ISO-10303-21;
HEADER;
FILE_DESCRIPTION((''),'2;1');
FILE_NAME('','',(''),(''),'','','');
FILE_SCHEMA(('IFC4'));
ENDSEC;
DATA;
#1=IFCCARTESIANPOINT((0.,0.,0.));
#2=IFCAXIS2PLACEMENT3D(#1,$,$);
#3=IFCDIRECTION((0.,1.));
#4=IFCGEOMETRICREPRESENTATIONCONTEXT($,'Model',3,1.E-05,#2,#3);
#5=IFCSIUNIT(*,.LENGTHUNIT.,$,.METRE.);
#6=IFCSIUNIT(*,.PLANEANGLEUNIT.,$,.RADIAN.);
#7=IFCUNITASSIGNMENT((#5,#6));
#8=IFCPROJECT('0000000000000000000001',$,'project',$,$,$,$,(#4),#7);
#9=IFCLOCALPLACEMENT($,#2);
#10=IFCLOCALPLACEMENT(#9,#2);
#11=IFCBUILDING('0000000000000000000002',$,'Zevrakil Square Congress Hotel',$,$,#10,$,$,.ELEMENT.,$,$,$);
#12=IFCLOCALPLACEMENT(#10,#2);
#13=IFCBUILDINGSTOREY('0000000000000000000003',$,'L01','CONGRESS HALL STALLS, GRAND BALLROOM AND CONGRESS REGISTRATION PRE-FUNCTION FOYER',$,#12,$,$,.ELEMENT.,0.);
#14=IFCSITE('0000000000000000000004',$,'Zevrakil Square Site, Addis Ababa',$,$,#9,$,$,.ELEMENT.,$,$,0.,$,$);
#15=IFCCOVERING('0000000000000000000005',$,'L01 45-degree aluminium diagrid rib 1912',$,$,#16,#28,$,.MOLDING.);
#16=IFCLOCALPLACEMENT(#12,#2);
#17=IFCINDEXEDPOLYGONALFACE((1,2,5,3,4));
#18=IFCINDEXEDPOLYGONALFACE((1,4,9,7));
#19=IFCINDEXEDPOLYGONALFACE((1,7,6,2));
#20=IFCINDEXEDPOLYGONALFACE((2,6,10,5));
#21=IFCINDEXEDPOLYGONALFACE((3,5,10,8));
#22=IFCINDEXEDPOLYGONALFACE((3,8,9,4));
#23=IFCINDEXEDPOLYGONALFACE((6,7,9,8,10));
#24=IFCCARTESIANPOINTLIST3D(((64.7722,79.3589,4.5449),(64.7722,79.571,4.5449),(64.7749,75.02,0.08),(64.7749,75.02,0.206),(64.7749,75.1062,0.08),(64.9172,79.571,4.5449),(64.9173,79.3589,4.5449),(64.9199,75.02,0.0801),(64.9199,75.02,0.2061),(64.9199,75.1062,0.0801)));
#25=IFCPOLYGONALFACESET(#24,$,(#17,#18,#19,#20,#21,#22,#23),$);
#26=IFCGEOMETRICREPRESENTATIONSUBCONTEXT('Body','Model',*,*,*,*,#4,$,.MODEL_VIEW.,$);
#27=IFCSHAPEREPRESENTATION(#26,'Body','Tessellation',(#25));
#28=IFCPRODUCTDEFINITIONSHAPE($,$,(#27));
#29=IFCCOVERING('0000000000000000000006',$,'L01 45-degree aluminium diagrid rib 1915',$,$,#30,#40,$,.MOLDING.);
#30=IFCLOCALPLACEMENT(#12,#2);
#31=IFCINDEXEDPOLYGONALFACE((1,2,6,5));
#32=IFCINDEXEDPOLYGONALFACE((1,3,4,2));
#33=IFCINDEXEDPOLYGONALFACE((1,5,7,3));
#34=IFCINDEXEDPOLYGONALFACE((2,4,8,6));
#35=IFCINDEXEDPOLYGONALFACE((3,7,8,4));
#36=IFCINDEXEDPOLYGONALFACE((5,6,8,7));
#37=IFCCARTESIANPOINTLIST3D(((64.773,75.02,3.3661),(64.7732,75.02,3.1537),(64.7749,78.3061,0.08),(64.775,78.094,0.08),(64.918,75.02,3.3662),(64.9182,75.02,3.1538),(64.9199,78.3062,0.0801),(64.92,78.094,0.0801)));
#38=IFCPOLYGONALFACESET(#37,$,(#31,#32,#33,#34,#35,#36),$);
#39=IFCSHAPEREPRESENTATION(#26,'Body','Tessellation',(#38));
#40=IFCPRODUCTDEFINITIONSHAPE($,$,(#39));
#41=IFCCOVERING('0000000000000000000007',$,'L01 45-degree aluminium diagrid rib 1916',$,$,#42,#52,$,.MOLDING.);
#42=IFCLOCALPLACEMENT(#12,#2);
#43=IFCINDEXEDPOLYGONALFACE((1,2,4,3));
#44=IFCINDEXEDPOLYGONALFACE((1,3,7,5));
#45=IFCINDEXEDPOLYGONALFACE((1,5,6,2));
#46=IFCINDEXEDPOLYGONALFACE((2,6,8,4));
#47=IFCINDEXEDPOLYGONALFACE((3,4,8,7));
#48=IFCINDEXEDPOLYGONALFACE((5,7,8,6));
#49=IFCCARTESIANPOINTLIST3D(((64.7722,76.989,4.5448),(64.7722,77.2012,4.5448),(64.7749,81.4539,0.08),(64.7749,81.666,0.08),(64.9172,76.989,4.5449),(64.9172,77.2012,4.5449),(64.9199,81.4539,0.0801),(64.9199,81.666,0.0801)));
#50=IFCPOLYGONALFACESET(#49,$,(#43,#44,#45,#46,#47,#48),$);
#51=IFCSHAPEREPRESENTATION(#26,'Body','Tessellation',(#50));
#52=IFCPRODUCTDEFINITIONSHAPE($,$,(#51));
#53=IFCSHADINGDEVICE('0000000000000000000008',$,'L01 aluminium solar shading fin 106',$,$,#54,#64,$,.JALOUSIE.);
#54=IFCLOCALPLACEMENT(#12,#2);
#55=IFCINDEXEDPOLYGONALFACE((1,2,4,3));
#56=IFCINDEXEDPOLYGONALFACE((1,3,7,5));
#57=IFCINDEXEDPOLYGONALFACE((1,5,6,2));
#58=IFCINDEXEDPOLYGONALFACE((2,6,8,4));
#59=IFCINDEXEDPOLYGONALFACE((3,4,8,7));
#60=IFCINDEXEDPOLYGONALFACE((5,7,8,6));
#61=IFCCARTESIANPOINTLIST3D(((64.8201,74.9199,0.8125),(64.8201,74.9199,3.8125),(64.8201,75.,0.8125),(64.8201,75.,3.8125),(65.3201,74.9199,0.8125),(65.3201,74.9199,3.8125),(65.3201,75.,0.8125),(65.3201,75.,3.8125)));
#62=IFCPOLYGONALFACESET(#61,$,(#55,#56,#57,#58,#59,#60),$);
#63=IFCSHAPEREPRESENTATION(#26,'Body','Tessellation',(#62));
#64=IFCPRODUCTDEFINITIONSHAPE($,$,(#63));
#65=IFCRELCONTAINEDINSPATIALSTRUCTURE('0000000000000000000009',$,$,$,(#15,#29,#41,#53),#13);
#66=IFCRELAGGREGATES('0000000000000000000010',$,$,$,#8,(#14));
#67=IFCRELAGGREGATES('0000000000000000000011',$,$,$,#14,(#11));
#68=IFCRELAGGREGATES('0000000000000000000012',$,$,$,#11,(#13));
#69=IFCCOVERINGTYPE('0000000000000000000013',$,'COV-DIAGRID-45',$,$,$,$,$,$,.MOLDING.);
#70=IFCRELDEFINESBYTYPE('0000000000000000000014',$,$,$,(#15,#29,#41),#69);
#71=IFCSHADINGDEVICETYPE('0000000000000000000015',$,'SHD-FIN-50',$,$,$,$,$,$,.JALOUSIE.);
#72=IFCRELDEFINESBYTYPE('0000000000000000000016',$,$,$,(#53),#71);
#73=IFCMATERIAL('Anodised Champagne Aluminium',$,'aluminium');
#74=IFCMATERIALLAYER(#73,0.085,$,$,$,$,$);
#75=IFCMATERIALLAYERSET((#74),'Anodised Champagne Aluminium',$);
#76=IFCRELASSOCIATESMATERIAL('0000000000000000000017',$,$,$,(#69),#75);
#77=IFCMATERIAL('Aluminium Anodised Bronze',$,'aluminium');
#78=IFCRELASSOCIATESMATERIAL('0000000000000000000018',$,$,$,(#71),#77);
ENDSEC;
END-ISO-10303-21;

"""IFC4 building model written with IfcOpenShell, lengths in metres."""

from ifc_helpers import new_model, si_unit, direction, frame, origin, origin_2d, place, context, subcontext, project, spatial, polyline, rectangle, outline, extrude, material, layer, layer_set, type_object, element, save


model = new_model("IFC4")

# Units and contexts
model_context = context("Model", 3, precision=1e-05, world=origin(), true_north=direction((0.0, 1.0)))
body_context = subcontext(model_context, "Body", "Model", "MODEL_VIEW")
ifc_project = project(units=[si_unit("LENGTHUNIT", "METRE"), si_unit("PLANEANGLEUNIT", "RADIAN")], contexts=[model_context])

# Site, building, storey
site_placement = place(None, origin())
site = spatial("IfcSite", under=ifc_project, at=site_placement, Name="Zevrakil Square Site, Addis Ababa", CompositionType="ELEMENT", RefElevation=0.0)
building_placement = place(site_placement, origin())
building = spatial("IfcBuilding", under=site, at=building_placement, Name="Zevrakil Square Congress Hotel", CompositionType="ELEMENT")
storey_placement = place(building_placement, origin())
storey = spatial("IfcBuildingStorey", under=building, at=storey_placement, Name="L01", Description="CONGRESS HALL STALLS, GRAND BALLROOM AND CONGRESS REGISTRATION PRE-FUNCTION FOYER", CompositionType="ELEMENT", Elevation=0.0)

# Coverings
ifc_material_1 = material(Name="Anodised Champagne Aluminium", Category="aluminium")
ifc_layer_1 = layer(ifc_material_1, 0.085)
ifc_layer_set_1 = layer_set([ifc_layer_1], Name="Anodised Champagne Aluminium")
covering_type_1 = type_object("IfcCoveringType", Name="COV-DIAGRID-45", PredefinedType="MOLDING", material=ifc_layer_set_1)
covering_1_placement = place(storey_placement, frame((64.9199, 75.1062, 0.0801), z_axis=(1.0, 0.00018, 0.000426), x_axis=(0.00018, -1.0, 0.0)))
element("IfcCovering", 1, at=covering_1_placement, inside=storey, type_object=covering_type_1, Name="L01 45-degree aluminium diagrid rib 1912", PredefinedType="MOLDING", context=body_context, shape_type="SweptSolid", body=[
    extrude(outline(polyline([(0.0, 0.0), (0.0862, 0.0), (0.0862, -0.126), (-4.2527, -4.4648), (-4.4648, -4.4648), (0.0, 0.0)])), origin(), (0.0, 0.0, -1.0), 0.145),
])
covering_2_placement = place(storey_placement, frame((64.9182, 75.02, 3.1538), z_axis=(1.0, 0.000287, 0.000863), x_axis=(-0.000863, 0.0, 1.0)))
element("IfcCovering", 2, at=covering_2_placement, inside=storey, type_object=covering_type_1, Name="L01 45-degree aluminium diagrid rib 1915", PredefinedType="MOLDING", context=body_context, shape_type="SweptSolid", body=[
    extrude(outline(polyline([(0.0, 0.0), (0.2124, 0.0), (-3.0737, -3.2861), (-3.0737, -3.074), (0.0, 0.0)])), origin(), (0.0, 0.0, -1.0), 0.145),
])
covering_3_placement = place(storey_placement, frame((64.9172, 76.989, 4.5449), z_axis=(1.0, 0.0, 0.000601), x_axis=(0.0, 1.0, 0.0)))
element("IfcCovering", 3, at=covering_3_placement, inside=storey, type_object=covering_type_1, Name="L01 45-degree aluminium diagrid rib 1916", PredefinedType="MOLDING", context=body_context, shape_type="SweptSolid", body=[
    extrude(outline(polyline([(0.0, 0.0), (0.2122, 0.0), (4.677, -4.4648), (4.4648, -4.4648), (0.0, 0.0)])), origin(), (0.0, 0.0, -1.0), 0.145),
])

# Shading device
ifc_material_2 = material(Name="Aluminium Anodised Bronze", Category="aluminium")
shading_device_type = type_object("IfcShadingDeviceType", Name="SHD-FIN-50", PredefinedType="JALOUSIE", material=ifc_material_2)
shading_device_placement = place(storey_placement, frame((65.0701, 74.96, 0.8125), z_axis=(0.0, 0.0, 1.0), x_axis=(1.0, 0.0, 0.0)))
element("IfcShadingDevice", 4, at=shading_device_placement, inside=storey, type_object=shading_device_type, Name="L01 aluminium solar shading fin 106", PredefinedType="JALOUSIE", context=body_context, shape_type="SweptSolid", body=[
    extrude(rectangle(XDim=0.5, YDim=0.0801, at=origin_2d()), origin(), (0.0, 0.0, 1.0), 3.0),
])

save(model, "model.ifc")
